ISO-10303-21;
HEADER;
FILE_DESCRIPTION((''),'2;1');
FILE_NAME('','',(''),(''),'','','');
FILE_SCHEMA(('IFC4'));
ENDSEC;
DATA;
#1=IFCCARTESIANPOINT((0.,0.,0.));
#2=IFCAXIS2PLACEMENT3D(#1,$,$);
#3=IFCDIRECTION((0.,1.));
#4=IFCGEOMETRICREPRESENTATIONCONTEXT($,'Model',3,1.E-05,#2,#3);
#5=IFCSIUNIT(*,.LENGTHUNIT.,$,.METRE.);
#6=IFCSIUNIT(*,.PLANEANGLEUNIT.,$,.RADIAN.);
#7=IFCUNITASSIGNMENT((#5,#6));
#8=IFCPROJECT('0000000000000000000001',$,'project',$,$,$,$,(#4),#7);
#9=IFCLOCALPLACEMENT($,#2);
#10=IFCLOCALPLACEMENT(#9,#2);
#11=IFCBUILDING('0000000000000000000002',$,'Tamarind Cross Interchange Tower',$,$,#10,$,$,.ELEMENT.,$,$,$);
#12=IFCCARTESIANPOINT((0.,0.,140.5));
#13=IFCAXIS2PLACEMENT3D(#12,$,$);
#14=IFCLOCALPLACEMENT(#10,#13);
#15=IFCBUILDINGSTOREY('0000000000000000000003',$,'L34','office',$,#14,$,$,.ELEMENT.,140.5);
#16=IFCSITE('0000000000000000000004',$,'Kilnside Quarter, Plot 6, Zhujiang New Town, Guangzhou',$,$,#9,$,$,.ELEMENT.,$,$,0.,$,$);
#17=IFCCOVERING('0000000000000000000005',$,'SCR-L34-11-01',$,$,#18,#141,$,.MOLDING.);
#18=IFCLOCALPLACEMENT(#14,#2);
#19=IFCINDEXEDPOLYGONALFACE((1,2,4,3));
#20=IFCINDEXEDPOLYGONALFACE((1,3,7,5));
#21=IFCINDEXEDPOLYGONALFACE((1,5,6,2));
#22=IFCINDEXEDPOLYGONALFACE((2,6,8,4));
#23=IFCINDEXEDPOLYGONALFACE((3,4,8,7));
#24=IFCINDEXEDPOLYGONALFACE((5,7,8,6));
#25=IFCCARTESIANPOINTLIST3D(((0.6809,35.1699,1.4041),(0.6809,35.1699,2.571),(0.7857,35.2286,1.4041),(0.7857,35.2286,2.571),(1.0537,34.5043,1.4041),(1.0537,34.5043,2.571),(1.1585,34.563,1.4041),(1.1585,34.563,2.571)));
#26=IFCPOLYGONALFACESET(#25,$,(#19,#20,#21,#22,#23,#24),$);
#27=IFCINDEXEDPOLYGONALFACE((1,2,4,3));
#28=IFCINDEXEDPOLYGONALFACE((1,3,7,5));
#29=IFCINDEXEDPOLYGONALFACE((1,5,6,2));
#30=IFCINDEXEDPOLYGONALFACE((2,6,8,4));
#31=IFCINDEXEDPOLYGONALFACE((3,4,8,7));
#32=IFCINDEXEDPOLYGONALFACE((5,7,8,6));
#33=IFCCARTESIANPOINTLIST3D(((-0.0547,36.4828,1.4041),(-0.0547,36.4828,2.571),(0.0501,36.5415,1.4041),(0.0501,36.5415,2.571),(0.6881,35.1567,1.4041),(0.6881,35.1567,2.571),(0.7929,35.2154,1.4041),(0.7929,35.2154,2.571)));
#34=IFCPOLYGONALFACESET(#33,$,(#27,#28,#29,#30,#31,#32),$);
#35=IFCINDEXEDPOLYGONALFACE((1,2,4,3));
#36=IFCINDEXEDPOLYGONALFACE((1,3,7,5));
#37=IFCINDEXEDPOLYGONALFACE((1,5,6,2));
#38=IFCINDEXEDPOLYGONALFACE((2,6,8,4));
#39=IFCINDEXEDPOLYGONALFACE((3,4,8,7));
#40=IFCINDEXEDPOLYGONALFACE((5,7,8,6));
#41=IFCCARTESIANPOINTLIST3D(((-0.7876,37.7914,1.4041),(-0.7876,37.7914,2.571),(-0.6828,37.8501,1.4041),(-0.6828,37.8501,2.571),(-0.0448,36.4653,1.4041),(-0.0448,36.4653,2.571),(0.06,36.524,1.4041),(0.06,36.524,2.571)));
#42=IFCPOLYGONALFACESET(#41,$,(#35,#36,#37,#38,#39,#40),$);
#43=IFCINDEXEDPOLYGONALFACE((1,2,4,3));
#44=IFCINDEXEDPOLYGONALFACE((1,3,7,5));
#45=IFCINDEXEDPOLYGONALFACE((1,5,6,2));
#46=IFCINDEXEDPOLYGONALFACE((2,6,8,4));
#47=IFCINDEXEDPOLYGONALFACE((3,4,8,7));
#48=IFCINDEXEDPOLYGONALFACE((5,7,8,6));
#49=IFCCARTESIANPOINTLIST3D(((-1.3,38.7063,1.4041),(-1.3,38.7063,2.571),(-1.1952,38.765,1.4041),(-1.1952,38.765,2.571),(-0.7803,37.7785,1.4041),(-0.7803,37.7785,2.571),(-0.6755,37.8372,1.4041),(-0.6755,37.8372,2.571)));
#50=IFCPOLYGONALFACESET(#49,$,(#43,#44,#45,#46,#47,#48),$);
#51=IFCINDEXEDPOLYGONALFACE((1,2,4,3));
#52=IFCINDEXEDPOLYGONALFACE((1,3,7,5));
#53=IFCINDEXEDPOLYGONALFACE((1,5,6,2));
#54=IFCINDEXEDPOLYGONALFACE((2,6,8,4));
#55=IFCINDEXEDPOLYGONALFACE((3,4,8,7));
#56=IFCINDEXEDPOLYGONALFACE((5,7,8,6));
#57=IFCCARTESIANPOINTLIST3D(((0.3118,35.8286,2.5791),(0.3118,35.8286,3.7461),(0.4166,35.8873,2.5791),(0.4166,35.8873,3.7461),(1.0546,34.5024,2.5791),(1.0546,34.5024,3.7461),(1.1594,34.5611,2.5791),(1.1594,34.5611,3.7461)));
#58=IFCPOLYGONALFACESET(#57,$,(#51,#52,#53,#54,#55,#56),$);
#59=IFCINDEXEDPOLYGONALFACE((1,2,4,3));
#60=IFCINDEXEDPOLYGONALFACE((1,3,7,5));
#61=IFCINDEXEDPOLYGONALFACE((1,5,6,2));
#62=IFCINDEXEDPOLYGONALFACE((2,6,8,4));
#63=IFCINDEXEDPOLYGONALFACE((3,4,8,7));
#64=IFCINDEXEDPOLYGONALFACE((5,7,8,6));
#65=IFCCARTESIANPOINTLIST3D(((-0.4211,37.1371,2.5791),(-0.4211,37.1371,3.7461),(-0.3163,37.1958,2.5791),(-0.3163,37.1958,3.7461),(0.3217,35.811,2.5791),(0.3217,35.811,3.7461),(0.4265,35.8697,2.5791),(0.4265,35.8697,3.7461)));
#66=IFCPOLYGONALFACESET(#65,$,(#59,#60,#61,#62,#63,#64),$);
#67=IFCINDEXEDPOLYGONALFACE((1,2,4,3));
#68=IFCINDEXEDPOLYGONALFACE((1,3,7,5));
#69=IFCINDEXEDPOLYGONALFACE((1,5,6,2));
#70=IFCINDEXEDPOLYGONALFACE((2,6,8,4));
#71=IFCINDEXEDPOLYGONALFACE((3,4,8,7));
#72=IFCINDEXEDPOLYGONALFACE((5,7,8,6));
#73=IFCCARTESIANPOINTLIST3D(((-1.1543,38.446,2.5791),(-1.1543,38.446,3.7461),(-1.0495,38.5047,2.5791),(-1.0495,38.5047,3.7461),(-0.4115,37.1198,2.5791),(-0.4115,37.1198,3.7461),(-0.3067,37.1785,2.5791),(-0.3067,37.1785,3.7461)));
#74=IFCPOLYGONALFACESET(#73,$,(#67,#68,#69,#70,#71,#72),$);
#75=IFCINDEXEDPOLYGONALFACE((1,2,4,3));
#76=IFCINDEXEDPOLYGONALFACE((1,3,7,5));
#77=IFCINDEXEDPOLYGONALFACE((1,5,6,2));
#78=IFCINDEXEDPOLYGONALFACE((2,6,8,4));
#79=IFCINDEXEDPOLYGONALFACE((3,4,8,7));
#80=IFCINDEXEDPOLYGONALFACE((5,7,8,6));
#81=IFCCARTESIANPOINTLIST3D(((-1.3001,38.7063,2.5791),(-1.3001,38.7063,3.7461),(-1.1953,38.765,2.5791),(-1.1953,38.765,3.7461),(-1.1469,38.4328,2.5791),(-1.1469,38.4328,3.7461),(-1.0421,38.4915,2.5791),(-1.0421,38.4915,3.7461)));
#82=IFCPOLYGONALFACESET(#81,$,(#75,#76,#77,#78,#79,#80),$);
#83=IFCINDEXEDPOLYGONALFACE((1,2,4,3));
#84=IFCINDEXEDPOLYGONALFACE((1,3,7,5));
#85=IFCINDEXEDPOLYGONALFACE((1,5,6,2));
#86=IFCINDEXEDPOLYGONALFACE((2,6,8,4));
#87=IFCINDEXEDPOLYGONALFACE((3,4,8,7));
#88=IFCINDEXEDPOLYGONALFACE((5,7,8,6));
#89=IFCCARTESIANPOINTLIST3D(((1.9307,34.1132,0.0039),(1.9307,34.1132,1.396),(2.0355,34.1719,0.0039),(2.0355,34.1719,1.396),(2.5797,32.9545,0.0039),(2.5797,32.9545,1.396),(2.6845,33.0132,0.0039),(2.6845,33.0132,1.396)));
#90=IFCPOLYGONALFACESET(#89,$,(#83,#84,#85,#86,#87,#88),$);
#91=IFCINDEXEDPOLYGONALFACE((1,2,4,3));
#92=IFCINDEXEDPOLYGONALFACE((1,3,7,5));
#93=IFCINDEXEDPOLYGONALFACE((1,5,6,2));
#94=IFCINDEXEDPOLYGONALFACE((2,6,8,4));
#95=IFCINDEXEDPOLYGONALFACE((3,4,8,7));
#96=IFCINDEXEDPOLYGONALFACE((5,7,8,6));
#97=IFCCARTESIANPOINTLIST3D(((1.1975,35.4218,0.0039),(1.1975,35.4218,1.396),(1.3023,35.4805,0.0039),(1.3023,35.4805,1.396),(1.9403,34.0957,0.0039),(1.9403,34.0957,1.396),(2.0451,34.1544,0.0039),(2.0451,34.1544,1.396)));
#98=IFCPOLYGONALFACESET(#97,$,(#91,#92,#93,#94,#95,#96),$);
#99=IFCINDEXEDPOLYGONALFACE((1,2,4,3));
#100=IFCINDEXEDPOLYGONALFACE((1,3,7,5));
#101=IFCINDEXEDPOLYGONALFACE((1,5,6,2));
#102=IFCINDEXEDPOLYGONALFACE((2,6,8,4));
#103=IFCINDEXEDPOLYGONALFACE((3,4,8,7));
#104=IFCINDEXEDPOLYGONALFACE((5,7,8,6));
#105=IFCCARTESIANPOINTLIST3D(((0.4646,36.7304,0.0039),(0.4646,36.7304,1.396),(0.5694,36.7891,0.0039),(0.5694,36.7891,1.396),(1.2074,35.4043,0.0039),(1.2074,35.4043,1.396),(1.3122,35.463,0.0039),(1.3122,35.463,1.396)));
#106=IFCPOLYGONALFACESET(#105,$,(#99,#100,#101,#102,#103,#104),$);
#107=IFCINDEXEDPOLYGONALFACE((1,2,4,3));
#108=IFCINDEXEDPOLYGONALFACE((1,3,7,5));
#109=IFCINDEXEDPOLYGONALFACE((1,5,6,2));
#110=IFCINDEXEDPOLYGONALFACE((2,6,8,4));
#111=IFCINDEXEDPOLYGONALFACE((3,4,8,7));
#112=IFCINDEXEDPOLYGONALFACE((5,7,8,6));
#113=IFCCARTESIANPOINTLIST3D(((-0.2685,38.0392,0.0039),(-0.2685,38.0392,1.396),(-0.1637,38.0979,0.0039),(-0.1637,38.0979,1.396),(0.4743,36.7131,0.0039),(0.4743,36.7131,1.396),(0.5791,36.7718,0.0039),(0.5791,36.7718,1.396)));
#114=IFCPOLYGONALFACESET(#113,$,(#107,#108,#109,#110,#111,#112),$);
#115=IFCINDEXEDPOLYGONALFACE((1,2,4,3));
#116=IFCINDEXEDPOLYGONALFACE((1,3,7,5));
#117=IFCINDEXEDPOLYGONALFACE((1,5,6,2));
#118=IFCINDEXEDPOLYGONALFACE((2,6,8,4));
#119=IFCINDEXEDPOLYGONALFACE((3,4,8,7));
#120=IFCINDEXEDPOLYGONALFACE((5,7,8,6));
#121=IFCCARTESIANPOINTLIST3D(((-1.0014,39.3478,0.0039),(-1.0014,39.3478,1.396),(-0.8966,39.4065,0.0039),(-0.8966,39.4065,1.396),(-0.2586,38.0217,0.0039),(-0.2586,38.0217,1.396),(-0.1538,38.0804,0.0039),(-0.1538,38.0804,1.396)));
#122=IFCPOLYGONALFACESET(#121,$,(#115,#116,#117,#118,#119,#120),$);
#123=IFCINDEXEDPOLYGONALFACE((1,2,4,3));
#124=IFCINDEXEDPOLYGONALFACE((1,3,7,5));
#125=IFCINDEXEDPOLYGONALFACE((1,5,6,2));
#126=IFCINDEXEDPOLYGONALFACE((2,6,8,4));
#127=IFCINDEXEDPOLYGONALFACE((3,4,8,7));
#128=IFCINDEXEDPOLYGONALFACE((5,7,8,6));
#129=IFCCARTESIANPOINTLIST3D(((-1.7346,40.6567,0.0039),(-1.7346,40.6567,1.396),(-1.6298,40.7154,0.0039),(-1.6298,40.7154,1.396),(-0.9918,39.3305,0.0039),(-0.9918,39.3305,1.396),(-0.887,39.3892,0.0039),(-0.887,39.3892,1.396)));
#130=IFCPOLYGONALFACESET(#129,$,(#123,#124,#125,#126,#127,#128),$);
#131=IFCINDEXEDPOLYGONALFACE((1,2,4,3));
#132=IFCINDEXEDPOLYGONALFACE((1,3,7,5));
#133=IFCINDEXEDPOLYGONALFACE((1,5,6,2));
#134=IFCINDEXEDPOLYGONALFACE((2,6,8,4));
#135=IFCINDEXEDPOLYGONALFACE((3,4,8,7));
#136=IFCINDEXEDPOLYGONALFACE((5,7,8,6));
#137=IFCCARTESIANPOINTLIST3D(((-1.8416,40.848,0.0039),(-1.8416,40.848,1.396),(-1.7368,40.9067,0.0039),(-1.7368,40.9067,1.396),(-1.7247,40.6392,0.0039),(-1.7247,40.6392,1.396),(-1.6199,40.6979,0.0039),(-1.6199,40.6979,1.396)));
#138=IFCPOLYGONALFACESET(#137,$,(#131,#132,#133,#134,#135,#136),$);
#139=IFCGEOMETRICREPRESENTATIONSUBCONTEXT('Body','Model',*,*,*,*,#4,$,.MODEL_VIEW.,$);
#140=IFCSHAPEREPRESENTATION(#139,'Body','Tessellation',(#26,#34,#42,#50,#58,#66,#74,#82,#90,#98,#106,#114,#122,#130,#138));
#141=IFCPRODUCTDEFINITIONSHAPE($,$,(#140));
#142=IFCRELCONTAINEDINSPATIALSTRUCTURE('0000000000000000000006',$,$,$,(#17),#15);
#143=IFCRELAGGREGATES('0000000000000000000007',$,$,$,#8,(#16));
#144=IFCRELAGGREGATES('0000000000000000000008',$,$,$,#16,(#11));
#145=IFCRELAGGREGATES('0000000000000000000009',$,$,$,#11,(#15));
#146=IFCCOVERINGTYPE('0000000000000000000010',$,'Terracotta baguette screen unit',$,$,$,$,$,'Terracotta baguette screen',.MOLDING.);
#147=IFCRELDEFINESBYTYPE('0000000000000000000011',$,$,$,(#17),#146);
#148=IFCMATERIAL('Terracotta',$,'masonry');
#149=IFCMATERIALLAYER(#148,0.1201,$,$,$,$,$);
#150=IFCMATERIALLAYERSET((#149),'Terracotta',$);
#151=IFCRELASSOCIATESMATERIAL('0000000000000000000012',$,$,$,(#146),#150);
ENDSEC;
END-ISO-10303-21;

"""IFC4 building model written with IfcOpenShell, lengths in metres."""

from ifc_helpers import new_model, si_unit, direction, frame, origin, origin_2d, place, context, subcontext, project, spatial, rectangle, extrude, material, layer, layer_set, type_object, element, save


model = new_model("IFC4")

# Units and contexts
model_context = context("Model", 3, precision=1e-05, world=origin(), true_north=direction((0.0, 1.0)))
body_context = subcontext(model_context, "Body", "Model", "MODEL_VIEW")
ifc_project = project(units=[si_unit("LENGTHUNIT", "METRE"), si_unit("PLANEANGLEUNIT", "RADIAN")], contexts=[model_context])

# Site, building, storey
site_placement = place(None, origin())
site = spatial("IfcSite", under=ifc_project, at=site_placement, Name="Kilnside Quarter, Plot 6, Zhujiang New Town, Guangzhou", CompositionType="ELEMENT", RefElevation=0.0)
building_placement = place(site_placement, origin())
building = spatial("IfcBuilding", under=site, at=building_placement, Name="Tamarind Cross Interchange Tower", CompositionType="ELEMENT")
storey_placement = place(building_placement, frame((0.0, 0.0, 140.5)))
storey = spatial("IfcBuildingStorey", under=building, at=storey_placement, Name="L34", Description="office", CompositionType="ELEMENT", Elevation=140.5)

# Covering
ifc_material_1 = material(Name="Terracotta", Category="masonry")
ifc_layer_1 = layer(ifc_material_1, 0.1201)
ifc_layer_set_1 = layer_set([ifc_layer_1], Name="Terracotta")
covering_type = type_object("IfcCoveringType", Name="Terracotta baguette screen unit", ElementType="Terracotta baguette screen", PredefinedType="MOLDING", material=ifc_layer_set_1)
covering_1_placement = place(storey_placement, origin())
element("IfcCovering", 1, at=covering_1_placement, inside=storey, type_object=covering_type, Name="SCR-L34-11-01", PredefinedType="MOLDING", context=body_context, shape_type="SweptSolid", body=[
    extrude(rectangle(XDim=0.7629, YDim=0.1201, at=origin_2d()), frame((0.9197, 34.8665, 1.4041), z_axis=(0.0, 0.0, 1.0), x_axis=(-0.488688, 0.872458, 0.0)), (0.0, 0.0, 1.0), 1.167),
    extrude(rectangle(XDim=1.52, YDim=0.1201, at=origin_2d()), frame((0.3691, 35.8491, 1.4041), z_axis=(0.0, 0.0, 1.0), x_axis=(-0.488688, 0.872458, 0.0)), (0.0, 0.0, 1.0), 1.167),
    extrude(rectangle(XDim=1.52, YDim=0.1201, at=origin_2d()), frame((-0.3638, 37.1577, 1.4041), z_axis=(0.0, 0.0, 1.0), x_axis=(-0.488688, 0.872458, 0.0)), (0.0, 0.0, 1.0), 1.167),
    extrude(rectangle(XDim=1.0635, YDim=0.1201, at=origin_2d()), frame((-0.9878, 38.2717, 1.4041), z_axis=(0.0, 0.0, 1.0), x_axis=(-0.488688, 0.872458, 0.0)), (0.0, 0.0, 1.0), 1.167),
    extrude(rectangle(XDim=1.52, YDim=0.1201, at=origin_2d()), frame((0.7356, 35.1948, 2.5791), z_axis=(0.0, 0.0, 1.0), x_axis=(-0.488688, 0.872458, 0.0)), (0.0, 0.0, 1.0), 1.167),
    extrude(rectangle(XDim=1.52, YDim=0.1201, at=origin_2d()), frame((0.0027, 36.5034, 2.5791), z_axis=(0.0, 0.0, 1.0), x_axis=(-0.488688, 0.872458, 0.0)), (0.0, 0.0, 1.0), 1.167),
    extrude(rectangle(XDim=1.52, YDim=0.1201, at=origin_2d()), frame((-0.7305, 37.8123, 2.5791), z_axis=(0.0, 0.0, 1.0), x_axis=(-0.488688, 0.872458, 0.0)), (0.0, 0.0, 1.0), 1.167),
    extrude(rectangle(XDim=0.3135, YDim=0.1201, at=origin_2d()), frame((-1.1711, 38.5989, 2.5791), z_axis=(0.0, 0.0, 1.0), x_axis=(-0.488688, 0.872458, 0.0)), (0.0, 0.0, 1.0), 1.167),
    extrude(rectangle(XDim=1.3281, YDim=0.1201, at=origin_2d()), frame((2.3076, 33.5632, 0.0039), z_axis=(0.0, 0.0, 1.0), x_axis=(-0.488688, 0.872458, 0.0)), (0.0, 0.0, 1.0), 1.3921),
    extrude(rectangle(XDim=1.52, YDim=0.1201, at=origin_2d()), frame((1.6213, 34.7881, 0.0039), z_axis=(0.0, 0.0, 1.0), x_axis=(-0.488688, 0.872458, 0.0)), (0.0, 0.0, 1.0), 1.3921),
    extrude(rectangle(XDim=1.52, YDim=0.1201, at=origin_2d()), frame((0.8884, 36.0967, 0.0039), z_axis=(0.0, 0.0, 1.0), x_axis=(-0.488688, 0.872458, 0.0)), (0.0, 0.0, 1.0), 1.3921),
    extrude(rectangle(XDim=1.52, YDim=0.1201, at=origin_2d()), frame((0.1553, 37.4055, 0.0039), z_axis=(0.0, 0.0, 1.0), x_axis=(-0.488688, 0.872458, 0.0)), (0.0, 0.0, 1.0), 1.3921),
    extrude(rectangle(XDim=1.52, YDim=0.1201, at=origin_2d()), frame((-0.5776, 38.7141, 0.0039), z_axis=(0.0, 0.0, 1.0), x_axis=(-0.488688, 0.872458, 0.0)), (0.0, 0.0, 1.0), 1.3921),
    extrude(rectangle(XDim=1.52, YDim=0.1201, at=origin_2d()), frame((-1.3108, 40.0229, 0.0039), z_axis=(0.0, 0.0, 1.0), x_axis=(-0.488688, 0.872458, 0.0)), (0.0, 0.0, 1.0), 1.3921),
    extrude(rectangle(XDim=0.2393, YDim=0.1201, at=origin_2d()), frame((-1.7307, 40.7729, 0.0039), z_axis=(0.0, 0.0, 1.0), x_axis=(-0.488688, 0.872458, 0.0)), (0.0, 0.0, 1.0), 1.3921),
])

save(model, "model.ifc")
